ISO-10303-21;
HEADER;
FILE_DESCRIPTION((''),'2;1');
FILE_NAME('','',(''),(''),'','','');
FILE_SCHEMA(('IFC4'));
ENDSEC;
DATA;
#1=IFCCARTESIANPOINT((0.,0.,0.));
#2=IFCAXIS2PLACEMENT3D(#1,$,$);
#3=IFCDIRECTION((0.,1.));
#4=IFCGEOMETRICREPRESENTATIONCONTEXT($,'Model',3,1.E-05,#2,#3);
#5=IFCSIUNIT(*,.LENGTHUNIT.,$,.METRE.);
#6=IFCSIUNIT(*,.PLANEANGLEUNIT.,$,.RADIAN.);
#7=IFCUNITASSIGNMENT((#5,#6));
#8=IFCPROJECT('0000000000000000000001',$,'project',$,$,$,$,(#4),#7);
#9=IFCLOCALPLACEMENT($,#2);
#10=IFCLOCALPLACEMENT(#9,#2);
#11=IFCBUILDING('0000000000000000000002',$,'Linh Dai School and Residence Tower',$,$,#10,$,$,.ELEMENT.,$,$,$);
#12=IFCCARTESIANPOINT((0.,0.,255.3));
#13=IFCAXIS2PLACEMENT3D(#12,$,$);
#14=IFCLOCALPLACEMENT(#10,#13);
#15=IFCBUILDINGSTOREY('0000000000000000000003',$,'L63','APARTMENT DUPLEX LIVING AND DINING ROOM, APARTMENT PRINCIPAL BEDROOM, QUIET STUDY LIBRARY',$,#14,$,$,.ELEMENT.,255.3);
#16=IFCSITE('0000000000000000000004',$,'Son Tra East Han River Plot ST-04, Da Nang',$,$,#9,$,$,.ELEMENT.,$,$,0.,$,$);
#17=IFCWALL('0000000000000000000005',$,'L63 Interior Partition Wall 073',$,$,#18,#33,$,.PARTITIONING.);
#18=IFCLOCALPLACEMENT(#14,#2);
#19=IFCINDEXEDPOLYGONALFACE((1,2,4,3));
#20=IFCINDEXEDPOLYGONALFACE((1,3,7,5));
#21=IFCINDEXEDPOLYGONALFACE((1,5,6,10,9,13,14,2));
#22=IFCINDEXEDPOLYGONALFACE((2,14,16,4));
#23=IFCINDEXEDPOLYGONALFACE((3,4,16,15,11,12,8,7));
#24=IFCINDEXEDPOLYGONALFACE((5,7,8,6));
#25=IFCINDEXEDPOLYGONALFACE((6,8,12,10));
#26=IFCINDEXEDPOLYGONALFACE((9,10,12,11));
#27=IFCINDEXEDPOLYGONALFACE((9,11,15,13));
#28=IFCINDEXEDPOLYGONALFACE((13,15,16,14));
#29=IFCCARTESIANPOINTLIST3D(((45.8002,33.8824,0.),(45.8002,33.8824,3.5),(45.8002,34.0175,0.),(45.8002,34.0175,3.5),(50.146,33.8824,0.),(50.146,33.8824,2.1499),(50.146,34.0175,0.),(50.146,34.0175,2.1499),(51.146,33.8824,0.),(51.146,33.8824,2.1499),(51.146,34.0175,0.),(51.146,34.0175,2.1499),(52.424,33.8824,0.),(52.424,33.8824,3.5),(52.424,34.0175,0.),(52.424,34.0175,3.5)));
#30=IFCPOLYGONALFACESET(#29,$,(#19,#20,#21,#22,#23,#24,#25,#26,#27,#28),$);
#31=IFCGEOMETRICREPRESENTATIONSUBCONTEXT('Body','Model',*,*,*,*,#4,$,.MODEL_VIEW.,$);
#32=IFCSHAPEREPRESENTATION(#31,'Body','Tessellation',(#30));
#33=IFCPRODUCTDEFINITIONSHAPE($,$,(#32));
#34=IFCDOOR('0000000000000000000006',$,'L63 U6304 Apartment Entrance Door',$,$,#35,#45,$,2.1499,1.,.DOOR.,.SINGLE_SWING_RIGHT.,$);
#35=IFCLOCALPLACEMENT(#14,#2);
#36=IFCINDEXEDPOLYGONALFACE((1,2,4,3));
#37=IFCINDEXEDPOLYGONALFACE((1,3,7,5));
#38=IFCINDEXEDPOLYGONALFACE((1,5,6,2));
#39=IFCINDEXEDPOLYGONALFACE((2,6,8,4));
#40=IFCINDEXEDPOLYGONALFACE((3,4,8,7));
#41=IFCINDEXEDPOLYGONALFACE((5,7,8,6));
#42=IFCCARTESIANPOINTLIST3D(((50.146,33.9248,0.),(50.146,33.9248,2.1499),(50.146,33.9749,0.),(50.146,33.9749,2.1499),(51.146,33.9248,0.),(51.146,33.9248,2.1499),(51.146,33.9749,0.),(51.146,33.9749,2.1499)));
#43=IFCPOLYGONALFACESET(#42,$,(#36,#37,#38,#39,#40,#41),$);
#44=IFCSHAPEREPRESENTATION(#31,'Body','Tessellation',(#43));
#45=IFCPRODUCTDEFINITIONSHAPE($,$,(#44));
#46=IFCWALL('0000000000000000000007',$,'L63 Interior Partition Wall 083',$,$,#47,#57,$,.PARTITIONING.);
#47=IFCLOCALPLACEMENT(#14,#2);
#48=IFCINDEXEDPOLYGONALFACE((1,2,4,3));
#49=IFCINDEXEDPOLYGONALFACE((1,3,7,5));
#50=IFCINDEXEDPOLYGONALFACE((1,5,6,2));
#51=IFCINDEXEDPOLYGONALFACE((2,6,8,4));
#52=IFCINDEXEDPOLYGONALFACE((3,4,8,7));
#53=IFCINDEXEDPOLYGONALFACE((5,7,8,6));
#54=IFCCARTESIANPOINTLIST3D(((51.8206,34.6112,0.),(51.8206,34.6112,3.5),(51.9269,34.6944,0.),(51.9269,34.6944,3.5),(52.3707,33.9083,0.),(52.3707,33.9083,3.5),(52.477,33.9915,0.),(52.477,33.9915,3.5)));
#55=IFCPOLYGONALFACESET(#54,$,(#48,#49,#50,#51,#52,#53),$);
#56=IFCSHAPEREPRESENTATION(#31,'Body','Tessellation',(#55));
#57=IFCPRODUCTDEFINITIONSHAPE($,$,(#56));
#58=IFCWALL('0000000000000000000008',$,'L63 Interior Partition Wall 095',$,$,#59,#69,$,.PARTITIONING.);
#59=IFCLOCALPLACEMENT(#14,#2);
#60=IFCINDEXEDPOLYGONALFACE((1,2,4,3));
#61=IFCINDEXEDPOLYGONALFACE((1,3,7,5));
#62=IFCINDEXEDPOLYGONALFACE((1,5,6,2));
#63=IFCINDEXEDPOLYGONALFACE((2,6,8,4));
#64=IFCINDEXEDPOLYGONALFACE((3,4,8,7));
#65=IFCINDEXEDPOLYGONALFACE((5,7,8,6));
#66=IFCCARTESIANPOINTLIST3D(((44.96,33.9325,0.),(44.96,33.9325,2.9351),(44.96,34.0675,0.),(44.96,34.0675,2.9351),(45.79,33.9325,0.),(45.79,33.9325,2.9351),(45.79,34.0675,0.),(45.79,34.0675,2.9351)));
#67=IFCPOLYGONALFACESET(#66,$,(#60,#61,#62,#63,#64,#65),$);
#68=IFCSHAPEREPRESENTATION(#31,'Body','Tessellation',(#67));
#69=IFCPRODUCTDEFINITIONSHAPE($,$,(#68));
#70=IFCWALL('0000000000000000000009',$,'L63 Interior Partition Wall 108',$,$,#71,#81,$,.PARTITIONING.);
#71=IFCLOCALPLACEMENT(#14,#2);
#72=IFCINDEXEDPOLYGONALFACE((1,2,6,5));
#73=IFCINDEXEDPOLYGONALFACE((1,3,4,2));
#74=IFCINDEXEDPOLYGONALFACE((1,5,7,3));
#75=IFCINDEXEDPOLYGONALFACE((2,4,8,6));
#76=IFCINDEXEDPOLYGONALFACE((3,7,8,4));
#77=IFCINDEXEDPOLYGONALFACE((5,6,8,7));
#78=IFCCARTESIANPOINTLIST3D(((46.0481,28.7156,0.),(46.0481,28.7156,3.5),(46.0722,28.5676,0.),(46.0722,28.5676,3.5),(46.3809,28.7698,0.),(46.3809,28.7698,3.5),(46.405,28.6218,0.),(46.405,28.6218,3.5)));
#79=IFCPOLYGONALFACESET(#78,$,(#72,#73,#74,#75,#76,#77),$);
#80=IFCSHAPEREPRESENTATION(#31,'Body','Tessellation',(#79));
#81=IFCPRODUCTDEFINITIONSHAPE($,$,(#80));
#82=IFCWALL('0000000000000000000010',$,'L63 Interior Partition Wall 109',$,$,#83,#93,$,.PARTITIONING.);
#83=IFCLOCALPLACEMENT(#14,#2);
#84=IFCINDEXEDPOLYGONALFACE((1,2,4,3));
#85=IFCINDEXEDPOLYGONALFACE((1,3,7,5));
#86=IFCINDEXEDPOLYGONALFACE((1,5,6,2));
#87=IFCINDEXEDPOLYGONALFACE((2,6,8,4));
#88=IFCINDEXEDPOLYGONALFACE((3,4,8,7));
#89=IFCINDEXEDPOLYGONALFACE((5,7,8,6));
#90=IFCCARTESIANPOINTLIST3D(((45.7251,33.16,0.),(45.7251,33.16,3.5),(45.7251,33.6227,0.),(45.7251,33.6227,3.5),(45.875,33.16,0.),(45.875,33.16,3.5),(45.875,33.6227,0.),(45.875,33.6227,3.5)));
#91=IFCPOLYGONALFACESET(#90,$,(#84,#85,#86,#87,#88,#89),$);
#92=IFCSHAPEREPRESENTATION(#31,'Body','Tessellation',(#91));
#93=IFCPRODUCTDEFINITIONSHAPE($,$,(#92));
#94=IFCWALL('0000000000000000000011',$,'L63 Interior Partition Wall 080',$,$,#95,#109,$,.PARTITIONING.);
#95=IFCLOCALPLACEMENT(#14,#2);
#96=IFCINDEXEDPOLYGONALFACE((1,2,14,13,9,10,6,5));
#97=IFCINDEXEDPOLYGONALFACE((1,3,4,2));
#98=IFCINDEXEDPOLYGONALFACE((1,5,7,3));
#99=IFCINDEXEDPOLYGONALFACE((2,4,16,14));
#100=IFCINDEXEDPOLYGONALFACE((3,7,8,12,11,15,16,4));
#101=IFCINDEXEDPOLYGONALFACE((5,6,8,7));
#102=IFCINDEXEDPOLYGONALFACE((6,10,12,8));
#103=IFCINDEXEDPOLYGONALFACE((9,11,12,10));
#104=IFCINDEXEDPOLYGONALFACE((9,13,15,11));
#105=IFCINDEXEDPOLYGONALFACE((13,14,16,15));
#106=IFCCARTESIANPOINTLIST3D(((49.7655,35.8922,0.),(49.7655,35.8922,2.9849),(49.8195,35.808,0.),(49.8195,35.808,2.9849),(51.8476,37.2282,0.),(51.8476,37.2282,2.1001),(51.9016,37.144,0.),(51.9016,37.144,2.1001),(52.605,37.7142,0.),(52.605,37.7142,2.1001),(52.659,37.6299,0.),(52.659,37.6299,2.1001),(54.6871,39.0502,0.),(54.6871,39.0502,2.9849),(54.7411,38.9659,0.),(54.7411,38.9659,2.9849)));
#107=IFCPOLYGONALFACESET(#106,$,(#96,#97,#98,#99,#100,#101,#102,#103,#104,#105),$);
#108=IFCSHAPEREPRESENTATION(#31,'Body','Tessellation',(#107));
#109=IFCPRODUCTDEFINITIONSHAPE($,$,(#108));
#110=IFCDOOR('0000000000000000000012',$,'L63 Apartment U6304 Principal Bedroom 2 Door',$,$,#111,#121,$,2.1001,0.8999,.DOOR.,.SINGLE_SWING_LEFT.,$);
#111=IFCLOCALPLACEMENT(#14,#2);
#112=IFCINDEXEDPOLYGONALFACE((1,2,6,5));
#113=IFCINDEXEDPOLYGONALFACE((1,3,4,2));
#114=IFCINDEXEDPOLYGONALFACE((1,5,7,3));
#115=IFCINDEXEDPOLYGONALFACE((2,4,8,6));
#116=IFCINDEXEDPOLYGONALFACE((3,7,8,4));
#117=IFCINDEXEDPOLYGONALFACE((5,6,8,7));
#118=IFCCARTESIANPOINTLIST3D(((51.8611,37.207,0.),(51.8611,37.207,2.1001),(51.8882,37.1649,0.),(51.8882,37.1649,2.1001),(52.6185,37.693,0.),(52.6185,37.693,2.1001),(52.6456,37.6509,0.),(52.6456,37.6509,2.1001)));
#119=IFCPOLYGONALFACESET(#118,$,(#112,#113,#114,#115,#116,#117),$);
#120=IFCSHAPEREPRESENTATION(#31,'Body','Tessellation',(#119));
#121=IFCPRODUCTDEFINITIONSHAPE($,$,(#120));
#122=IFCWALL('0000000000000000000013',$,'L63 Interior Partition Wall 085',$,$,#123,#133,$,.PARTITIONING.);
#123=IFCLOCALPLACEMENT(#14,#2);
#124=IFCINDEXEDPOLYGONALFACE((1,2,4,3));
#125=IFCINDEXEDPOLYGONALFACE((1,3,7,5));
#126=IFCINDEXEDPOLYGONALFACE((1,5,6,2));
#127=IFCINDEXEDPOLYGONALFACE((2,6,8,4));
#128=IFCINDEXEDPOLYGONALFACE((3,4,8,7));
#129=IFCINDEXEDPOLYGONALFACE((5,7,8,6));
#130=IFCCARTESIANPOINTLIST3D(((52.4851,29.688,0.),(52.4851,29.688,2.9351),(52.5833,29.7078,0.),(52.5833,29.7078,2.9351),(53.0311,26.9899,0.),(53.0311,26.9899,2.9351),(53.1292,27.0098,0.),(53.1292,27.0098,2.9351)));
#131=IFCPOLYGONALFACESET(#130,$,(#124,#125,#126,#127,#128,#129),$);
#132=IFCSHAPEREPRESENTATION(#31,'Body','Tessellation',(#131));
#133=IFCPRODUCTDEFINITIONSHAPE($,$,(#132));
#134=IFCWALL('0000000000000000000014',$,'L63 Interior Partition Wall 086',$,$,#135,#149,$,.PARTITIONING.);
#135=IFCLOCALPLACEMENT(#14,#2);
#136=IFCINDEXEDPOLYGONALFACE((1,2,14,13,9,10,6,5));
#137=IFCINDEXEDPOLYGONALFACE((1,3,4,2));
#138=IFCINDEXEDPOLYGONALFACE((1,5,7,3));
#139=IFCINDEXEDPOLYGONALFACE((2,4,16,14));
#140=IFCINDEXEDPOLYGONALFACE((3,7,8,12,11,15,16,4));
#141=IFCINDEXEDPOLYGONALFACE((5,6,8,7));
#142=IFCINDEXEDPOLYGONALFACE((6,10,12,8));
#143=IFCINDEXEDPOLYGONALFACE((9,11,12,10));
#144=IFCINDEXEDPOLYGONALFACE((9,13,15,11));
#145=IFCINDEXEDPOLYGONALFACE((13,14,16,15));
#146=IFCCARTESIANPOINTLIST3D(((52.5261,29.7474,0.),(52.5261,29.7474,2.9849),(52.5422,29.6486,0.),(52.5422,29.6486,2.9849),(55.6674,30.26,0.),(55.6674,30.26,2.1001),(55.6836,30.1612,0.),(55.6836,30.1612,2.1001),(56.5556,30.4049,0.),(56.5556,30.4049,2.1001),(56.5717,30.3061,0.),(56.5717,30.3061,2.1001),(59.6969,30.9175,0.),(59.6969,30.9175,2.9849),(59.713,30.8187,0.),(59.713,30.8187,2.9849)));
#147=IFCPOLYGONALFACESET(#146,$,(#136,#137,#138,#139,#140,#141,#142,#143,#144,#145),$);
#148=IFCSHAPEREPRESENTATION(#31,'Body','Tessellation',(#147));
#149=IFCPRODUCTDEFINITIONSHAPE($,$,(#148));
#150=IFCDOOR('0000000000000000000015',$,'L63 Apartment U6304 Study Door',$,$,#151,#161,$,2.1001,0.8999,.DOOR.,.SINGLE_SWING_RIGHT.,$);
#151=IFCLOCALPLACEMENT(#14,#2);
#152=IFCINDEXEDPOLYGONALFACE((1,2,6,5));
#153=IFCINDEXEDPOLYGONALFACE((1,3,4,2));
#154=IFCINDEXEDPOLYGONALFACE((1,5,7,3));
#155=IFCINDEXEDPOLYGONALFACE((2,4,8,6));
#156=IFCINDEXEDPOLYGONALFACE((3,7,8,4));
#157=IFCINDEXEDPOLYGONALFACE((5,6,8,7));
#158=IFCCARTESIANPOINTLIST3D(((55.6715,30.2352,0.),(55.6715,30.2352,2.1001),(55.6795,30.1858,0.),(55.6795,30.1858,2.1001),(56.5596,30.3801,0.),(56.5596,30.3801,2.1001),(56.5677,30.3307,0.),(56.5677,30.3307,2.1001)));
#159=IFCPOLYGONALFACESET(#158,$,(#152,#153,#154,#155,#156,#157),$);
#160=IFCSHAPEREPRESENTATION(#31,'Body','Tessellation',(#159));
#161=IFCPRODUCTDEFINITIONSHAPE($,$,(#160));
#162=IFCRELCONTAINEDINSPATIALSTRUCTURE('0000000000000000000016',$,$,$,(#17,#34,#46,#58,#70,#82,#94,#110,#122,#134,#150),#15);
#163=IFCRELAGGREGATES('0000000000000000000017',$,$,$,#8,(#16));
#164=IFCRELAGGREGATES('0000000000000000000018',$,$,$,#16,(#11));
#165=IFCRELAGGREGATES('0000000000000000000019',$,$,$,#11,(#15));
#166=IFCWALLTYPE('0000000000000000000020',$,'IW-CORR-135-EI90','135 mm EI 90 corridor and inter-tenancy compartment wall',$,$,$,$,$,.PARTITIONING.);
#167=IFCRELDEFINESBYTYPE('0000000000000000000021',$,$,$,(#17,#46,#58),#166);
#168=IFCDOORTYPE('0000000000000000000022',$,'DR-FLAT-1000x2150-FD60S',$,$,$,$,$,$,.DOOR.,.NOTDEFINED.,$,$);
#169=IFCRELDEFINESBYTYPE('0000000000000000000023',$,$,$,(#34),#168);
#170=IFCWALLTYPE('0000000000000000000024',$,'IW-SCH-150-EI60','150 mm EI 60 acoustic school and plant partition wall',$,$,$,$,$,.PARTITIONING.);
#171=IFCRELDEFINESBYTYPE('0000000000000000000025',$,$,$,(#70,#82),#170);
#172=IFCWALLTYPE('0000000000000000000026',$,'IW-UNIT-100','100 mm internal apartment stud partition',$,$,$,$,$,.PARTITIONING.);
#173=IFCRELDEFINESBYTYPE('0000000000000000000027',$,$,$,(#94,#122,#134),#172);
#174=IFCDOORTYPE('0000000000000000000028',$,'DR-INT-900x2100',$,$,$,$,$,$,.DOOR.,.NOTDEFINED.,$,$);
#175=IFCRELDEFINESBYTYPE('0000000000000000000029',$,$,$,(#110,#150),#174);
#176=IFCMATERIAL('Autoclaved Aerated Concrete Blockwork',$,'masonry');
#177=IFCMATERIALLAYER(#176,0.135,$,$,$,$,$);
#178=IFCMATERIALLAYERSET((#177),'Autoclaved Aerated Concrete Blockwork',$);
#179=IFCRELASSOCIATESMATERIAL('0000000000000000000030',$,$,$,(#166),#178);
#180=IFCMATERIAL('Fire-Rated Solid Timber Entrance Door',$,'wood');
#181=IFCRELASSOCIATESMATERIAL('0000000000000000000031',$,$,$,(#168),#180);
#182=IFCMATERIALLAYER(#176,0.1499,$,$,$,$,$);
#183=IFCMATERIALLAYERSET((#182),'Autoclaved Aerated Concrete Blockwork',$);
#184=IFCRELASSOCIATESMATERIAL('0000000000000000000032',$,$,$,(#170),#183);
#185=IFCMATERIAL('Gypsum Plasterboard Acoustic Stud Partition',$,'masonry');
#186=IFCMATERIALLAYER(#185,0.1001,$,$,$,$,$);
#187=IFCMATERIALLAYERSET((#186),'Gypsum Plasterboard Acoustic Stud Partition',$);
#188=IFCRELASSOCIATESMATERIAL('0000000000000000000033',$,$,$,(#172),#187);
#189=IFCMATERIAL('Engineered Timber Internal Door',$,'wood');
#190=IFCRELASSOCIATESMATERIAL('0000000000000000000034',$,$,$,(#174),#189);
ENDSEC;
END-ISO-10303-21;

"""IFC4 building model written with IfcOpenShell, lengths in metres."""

from ifc_helpers import new_model, si_unit, direction, frame, frame_2d, origin, origin_2d, place, context, subcontext, project, spatial, rectangle, extrude, source, transform, mapped, material, layer, layer_set, type_object, element, fill, save


model = new_model("IFC4")

# Units and contexts
model_context = context("Model", 3, precision=1e-05, world=origin(), true_north=direction((0.0, 1.0)))
body_context = subcontext(model_context, "Body", "Model", "MODEL_VIEW")
ifc_project = project(units=[si_unit("LENGTHUNIT", "METRE"), si_unit("PLANEANGLEUNIT", "RADIAN")], contexts=[model_context])

# Site, building, storey
site_placement = place(None, origin())
site = spatial("IfcSite", under=ifc_project, at=site_placement, Name="Son Tra East Han River Plot ST-04, Da Nang", CompositionType="ELEMENT", RefElevation=0.0)
building_placement = place(site_placement, origin())
building = spatial("IfcBuilding", under=site, at=building_placement, Name="Linh Dai School and Residence Tower", CompositionType="ELEMENT")
storey_placement = place(building_placement, frame((0.0, 0.0, 255.3)))
storey = spatial("IfcBuildingStorey", under=building, at=storey_placement, Name="L63", Description="APARTMENT DUPLEX LIVING AND DINING ROOM, APARTMENT PRINCIPAL BEDROOM, QUIET STUDY LIBRARY", CompositionType="ELEMENT", Elevation=255.3)

# Wall, opening, door
ifc_material_1 = material(Name="Autoclaved Aerated Concrete Blockwork", Category="masonry")
ifc_layer_1 = layer(ifc_material_1, 0.135)
ifc_layer_set_1 = layer_set([ifc_layer_1], Name="Autoclaved Aerated Concrete Blockwork")
wall_type_1 = type_object("IfcWallType", Name="IW-CORR-135-EI90", Description="135 mm EI 90 corridor and inter-tenancy compartment wall", PredefinedType="PARTITIONING", material=ifc_layer_set_1)
wall_1_placement = place(storey_placement, frame((45.8, 33.95, 0.0), z_axis=(0.0, 0.0, 1.0), x_axis=(1.0, 0.0, 0.0)))
wall_1 = element("IfcWall", 1, at=wall_1_placement, inside=storey, type_object=wall_type_1, Name="L63 Interior Partition Wall 073", PredefinedType="PARTITIONING", context=body_context, shape_type="SweptSolid", body=[
    extrude(rectangle(XDim=6.6238, YDim=0.135, at=frame_2d((3.312, 0.0))), origin(), (0.0, 0.0, 1.0), 3.5),
])
opening_1_placement = place(wall_1_placement, frame((4.3459, 0.0, 0.0)))
opening_1 = element("IfcOpeningElement", 2, at=opening_1_placement, cuts=wall_1, PredefinedType="OPENING", context=body_context, shape_type="SweptSolid", body=[
    extrude(rectangle(XDim=1.0, YDim=2.1499, at=origin_2d()), frame((0.5, 0.0776, 1.075), z_axis=(0.0, -1.0, 0.0), x_axis=(1.0, 0.0, 0.0)), (0.0, 0.0, 1.0), 0.155),
])
ifc_material_2 = material(Name="Fire-Rated Solid Timber Entrance Door", Category="wood")
door_type_1 = type_object("IfcDoorType", Name="DR-FLAT-1000x2150-FD60S", OperationType="NOTDEFINED", PredefinedType="DOOR", material=ifc_material_2)
shared_shape_1 = source(origin(), body_context, "Body", "SweptSolid", [
    extrude(rectangle(XDim=1.0, YDim=2.1499, at=origin_2d()), frame((0.5, 0.0249, 1.075), z_axis=(0.0, -1.0, 0.0), x_axis=(1.0, 0.0, 0.0)), (0.0, 0.0, 1.0), 0.05),
])
door_1_placement = place(opening_1_placement, origin())
door_1 = element("IfcDoor", 3, at=door_1_placement, inside=storey, type_object=door_type_1, Name="L63 U6304 Apartment Entrance Door", OperationType="SINGLE_SWING_RIGHT", OverallHeight=2.1499, OverallWidth=1.0, PredefinedType="DOOR", context=body_context, shape_type="MappedRepresentation", body=[
    mapped(shared_shape_1, transform((0.0, 0.0, 0.0), x_axis=(1.0, 0.0, 0.0), y_axis=(0.0, 1.0, 0.0), z_axis=(0.0, 0.0, 1.0), scale=1.0)),
])
fill(opening_1, door_1)

# Walls
wall_2_placement = place(storey_placement, frame((51.8738, 34.6528, 0.0), z_axis=(0.0, 0.0, 1.0), x_axis=(0.616286, -0.787522, 0.0)))
element("IfcWall", 4, at=wall_2_placement, inside=storey, type_object=wall_type_1, Name="L63 Interior Partition Wall 083", PredefinedType="PARTITIONING", context=body_context, shape_type="SweptSolid", body=[
    extrude(rectangle(XDim=0.8926, YDim=0.135, at=frame_2d((0.4463, 0.0))), origin(), (0.0, 0.0, 1.0), 3.5),
])
wall_3_placement = place(storey_placement, frame((45.79, 34.0, 0.0), z_axis=(0.0, 0.0, 1.0), x_axis=(-1.0, 0.0, 0.0)))
element("IfcWall", 5, at=wall_3_placement, inside=storey, type_object=wall_type_1, Name="L63 Interior Partition Wall 095", PredefinedType="PARTITIONING", context=body_context, shape_type="SweptSolid", body=[
    extrude(rectangle(XDim=0.8301, YDim=0.135, at=frame_2d((0.415, 0.0))), origin(), (0.0, 0.0, 1.0), 2.9351),
])
ifc_layer_2 = layer(ifc_material_1, 0.1499)
ifc_layer_set_2 = layer_set([ifc_layer_2], Name="Autoclaved Aerated Concrete Blockwork")
wall_type_2 = type_object("IfcWallType", Name="IW-SCH-150-EI60", Description="150 mm EI 60 acoustic school and plant partition wall", PredefinedType="PARTITIONING", material=ifc_layer_set_2)
wall_4_placement = place(storey_placement, frame((46.3928, 28.6958, 0.0), z_axis=(0.0, 0.0, 1.0), x_axis=(-0.986994, -0.160758, 0.0)))
element("IfcWall", 6, at=wall_4_placement, inside=storey, type_object=wall_type_2, Name="L63 Interior Partition Wall 108", PredefinedType="PARTITIONING", context=body_context, shape_type="SweptSolid", body=[
    extrude(rectangle(XDim=0.3372, YDim=0.1499, at=frame_2d((0.1685, 0.0))), origin(), (0.0, 0.0, 1.0), 3.5),
])
wall_5_placement = place(storey_placement, frame((45.8, 33.1599, 0.0), z_axis=(0.0, 0.0, 1.0), x_axis=(0.0, 1.0, 0.0)))
element("IfcWall", 7, at=wall_5_placement, inside=storey, type_object=wall_type_2, Name="L63 Interior Partition Wall 109", PredefinedType="PARTITIONING", context=body_context, shape_type="SweptSolid", body=[
    extrude(rectangle(XDim=0.4626, YDim=0.1499, at=frame_2d((0.2314, 0.0))), origin(), (0.0, 0.0, 1.0), 3.5),
])

# Wall, opening, door
ifc_material_3 = material(Name="Gypsum Plasterboard Acoustic Stud Partition", Category="masonry")
ifc_layer_3 = layer(ifc_material_3, 0.1001)
ifc_layer_set_3 = layer_set([ifc_layer_3], Name="Gypsum Plasterboard Acoustic Stud Partition")
wall_type_3 = type_object("IfcWallType", Name="IW-UNIT-100", Description="100 mm internal apartment stud partition", PredefinedType="PARTITIONING", material=ifc_layer_set_3)
wall_6_placement = place(storey_placement, frame((49.7925, 35.8501, 0.0), z_axis=(0.0, 0.0, 1.0), x_axis=(0.841641, 0.540038, 0.0)))
wall_6 = element("IfcWall", 8, at=wall_6_placement, inside=storey, type_object=wall_type_3, Name="L63 Interior Partition Wall 080", PredefinedType="PARTITIONING", context=body_context, shape_type="SweptSolid", body=[
    extrude(rectangle(XDim=5.8477, YDim=0.1001, at=frame_2d((2.9238, 0.0))), origin(), (0.0, 0.0, 1.0), 2.9849),
])
opening_2_placement = place(wall_6_placement, frame((2.4739, 0.0, 0.0)))
opening_2 = element("IfcOpeningElement", 9, at=opening_2_placement, cuts=wall_6, PredefinedType="OPENING", context=body_context, shape_type="SweptSolid", body=[
    extrude(rectangle(XDim=0.8999, YDim=2.1001, at=origin_2d()), frame((0.45, 0.0601, 1.05), z_axis=(0.0, -1.0, 0.0), x_axis=(1.0, 0.0, 0.0)), (0.0, 0.0, 1.0), 0.1201),
])
ifc_material_4 = material(Name="Engineered Timber Internal Door", Category="wood")
door_type_2 = type_object("IfcDoorType", Name="DR-INT-900x2100", OperationType="NOTDEFINED", PredefinedType="DOOR", material=ifc_material_4)
shared_shape_2 = source(origin(), body_context, "Body", "SweptSolid", [
    extrude(rectangle(XDim=0.8999, YDim=2.1001, at=origin_2d()), frame((0.45, 0.0249, 1.05), z_axis=(0.0, -1.0, 0.0), x_axis=(1.0, 0.0, 0.0)), (0.0, 0.0, 1.0), 0.05),
])
door_2_placement = place(opening_2_placement, origin())
door_2 = element("IfcDoor", 10, at=door_2_placement, inside=storey, type_object=door_type_2, Name="L63 Apartment U6304 Principal Bedroom 2 Door", OperationType="SINGLE_SWING_LEFT", OverallHeight=2.1001, OverallWidth=0.8999, PredefinedType="DOOR", context=body_context, shape_type="MappedRepresentation", body=[
    mapped(shared_shape_2, transform((0.0, 0.0, 0.0), x_axis=(1.0, 0.0, 0.0), y_axis=(0.0, 1.0, 0.0), z_axis=(0.0, 0.0, 1.0), scale=1.0)),
])
fill(opening_2, door_2)

# Wall
wall_7_placement = place(storey_placement, frame((52.5342, 29.698, 0.0), z_axis=(0.0, 0.0, 1.0), x_axis=(0.198316, -0.980138, 0.0)))
element("IfcWall", 11, at=wall_7_placement, inside=storey, type_object=wall_type_3, Name="L63 Interior Partition Wall 085", PredefinedType="PARTITIONING", context=body_context, shape_type="SweptSolid", body=[
    extrude(rectangle(XDim=2.7527, YDim=0.1001, at=frame_2d((1.3765, 0.0))), origin(), (0.0, 0.0, 1.0), 2.9351),
])

# Wall, opening, door
wall_8_placement = place(storey_placement, frame((52.5342, 29.698, 0.0), z_axis=(0.0, 0.0, 1.0), x_axis=(0.986946, 0.161052, 0.0)))
wall_8 = element("IfcWall", 12, at=wall_8_placement, inside=storey, type_object=wall_type_3, Name="L63 Interior Partition Wall 086", PredefinedType="PARTITIONING", context=body_context, shape_type="SweptSolid", body=[
    extrude(rectangle(XDim=7.2656, YDim=0.1001, at=frame_2d((3.6328, 0.0))), origin(), (0.0, 0.0, 1.0), 2.9849),
])
opening_3_placement = place(wall_8_placement, frame((3.1829, 0.0, 0.0)))
opening_3 = element("IfcOpeningElement", 13, at=opening_3_placement, cuts=wall_8, PredefinedType="OPENING", context=body_context, shape_type="SweptSolid", body=[
    extrude(rectangle(XDim=0.8999, YDim=2.1001, at=origin_2d()), frame((0.45, 0.0601, 1.05), z_axis=(0.0, -1.0, 0.0), x_axis=(1.0, 0.0, 0.0)), (0.0, 0.0, 1.0), 0.1201),
])
door_3_placement = place(opening_3_placement, origin())
door_3 = element("IfcDoor", 14, at=door_3_placement, inside=storey, type_object=door_type_2, Name="L63 Apartment U6304 Study Door", OperationType="SINGLE_SWING_RIGHT", OverallHeight=2.1001, OverallWidth=0.8999, PredefinedType="DOOR", context=body_context, shape_type="MappedRepresentation", body=[
    mapped(shared_shape_2, transform((0.0, 0.0, 0.0), x_axis=(1.0, 0.0, 0.0), y_axis=(0.0, 1.0, 0.0), z_axis=(0.0, 0.0, 1.0), scale=1.0)),
])
fill(opening_3, door_3)

save(model, "model.ifc")
